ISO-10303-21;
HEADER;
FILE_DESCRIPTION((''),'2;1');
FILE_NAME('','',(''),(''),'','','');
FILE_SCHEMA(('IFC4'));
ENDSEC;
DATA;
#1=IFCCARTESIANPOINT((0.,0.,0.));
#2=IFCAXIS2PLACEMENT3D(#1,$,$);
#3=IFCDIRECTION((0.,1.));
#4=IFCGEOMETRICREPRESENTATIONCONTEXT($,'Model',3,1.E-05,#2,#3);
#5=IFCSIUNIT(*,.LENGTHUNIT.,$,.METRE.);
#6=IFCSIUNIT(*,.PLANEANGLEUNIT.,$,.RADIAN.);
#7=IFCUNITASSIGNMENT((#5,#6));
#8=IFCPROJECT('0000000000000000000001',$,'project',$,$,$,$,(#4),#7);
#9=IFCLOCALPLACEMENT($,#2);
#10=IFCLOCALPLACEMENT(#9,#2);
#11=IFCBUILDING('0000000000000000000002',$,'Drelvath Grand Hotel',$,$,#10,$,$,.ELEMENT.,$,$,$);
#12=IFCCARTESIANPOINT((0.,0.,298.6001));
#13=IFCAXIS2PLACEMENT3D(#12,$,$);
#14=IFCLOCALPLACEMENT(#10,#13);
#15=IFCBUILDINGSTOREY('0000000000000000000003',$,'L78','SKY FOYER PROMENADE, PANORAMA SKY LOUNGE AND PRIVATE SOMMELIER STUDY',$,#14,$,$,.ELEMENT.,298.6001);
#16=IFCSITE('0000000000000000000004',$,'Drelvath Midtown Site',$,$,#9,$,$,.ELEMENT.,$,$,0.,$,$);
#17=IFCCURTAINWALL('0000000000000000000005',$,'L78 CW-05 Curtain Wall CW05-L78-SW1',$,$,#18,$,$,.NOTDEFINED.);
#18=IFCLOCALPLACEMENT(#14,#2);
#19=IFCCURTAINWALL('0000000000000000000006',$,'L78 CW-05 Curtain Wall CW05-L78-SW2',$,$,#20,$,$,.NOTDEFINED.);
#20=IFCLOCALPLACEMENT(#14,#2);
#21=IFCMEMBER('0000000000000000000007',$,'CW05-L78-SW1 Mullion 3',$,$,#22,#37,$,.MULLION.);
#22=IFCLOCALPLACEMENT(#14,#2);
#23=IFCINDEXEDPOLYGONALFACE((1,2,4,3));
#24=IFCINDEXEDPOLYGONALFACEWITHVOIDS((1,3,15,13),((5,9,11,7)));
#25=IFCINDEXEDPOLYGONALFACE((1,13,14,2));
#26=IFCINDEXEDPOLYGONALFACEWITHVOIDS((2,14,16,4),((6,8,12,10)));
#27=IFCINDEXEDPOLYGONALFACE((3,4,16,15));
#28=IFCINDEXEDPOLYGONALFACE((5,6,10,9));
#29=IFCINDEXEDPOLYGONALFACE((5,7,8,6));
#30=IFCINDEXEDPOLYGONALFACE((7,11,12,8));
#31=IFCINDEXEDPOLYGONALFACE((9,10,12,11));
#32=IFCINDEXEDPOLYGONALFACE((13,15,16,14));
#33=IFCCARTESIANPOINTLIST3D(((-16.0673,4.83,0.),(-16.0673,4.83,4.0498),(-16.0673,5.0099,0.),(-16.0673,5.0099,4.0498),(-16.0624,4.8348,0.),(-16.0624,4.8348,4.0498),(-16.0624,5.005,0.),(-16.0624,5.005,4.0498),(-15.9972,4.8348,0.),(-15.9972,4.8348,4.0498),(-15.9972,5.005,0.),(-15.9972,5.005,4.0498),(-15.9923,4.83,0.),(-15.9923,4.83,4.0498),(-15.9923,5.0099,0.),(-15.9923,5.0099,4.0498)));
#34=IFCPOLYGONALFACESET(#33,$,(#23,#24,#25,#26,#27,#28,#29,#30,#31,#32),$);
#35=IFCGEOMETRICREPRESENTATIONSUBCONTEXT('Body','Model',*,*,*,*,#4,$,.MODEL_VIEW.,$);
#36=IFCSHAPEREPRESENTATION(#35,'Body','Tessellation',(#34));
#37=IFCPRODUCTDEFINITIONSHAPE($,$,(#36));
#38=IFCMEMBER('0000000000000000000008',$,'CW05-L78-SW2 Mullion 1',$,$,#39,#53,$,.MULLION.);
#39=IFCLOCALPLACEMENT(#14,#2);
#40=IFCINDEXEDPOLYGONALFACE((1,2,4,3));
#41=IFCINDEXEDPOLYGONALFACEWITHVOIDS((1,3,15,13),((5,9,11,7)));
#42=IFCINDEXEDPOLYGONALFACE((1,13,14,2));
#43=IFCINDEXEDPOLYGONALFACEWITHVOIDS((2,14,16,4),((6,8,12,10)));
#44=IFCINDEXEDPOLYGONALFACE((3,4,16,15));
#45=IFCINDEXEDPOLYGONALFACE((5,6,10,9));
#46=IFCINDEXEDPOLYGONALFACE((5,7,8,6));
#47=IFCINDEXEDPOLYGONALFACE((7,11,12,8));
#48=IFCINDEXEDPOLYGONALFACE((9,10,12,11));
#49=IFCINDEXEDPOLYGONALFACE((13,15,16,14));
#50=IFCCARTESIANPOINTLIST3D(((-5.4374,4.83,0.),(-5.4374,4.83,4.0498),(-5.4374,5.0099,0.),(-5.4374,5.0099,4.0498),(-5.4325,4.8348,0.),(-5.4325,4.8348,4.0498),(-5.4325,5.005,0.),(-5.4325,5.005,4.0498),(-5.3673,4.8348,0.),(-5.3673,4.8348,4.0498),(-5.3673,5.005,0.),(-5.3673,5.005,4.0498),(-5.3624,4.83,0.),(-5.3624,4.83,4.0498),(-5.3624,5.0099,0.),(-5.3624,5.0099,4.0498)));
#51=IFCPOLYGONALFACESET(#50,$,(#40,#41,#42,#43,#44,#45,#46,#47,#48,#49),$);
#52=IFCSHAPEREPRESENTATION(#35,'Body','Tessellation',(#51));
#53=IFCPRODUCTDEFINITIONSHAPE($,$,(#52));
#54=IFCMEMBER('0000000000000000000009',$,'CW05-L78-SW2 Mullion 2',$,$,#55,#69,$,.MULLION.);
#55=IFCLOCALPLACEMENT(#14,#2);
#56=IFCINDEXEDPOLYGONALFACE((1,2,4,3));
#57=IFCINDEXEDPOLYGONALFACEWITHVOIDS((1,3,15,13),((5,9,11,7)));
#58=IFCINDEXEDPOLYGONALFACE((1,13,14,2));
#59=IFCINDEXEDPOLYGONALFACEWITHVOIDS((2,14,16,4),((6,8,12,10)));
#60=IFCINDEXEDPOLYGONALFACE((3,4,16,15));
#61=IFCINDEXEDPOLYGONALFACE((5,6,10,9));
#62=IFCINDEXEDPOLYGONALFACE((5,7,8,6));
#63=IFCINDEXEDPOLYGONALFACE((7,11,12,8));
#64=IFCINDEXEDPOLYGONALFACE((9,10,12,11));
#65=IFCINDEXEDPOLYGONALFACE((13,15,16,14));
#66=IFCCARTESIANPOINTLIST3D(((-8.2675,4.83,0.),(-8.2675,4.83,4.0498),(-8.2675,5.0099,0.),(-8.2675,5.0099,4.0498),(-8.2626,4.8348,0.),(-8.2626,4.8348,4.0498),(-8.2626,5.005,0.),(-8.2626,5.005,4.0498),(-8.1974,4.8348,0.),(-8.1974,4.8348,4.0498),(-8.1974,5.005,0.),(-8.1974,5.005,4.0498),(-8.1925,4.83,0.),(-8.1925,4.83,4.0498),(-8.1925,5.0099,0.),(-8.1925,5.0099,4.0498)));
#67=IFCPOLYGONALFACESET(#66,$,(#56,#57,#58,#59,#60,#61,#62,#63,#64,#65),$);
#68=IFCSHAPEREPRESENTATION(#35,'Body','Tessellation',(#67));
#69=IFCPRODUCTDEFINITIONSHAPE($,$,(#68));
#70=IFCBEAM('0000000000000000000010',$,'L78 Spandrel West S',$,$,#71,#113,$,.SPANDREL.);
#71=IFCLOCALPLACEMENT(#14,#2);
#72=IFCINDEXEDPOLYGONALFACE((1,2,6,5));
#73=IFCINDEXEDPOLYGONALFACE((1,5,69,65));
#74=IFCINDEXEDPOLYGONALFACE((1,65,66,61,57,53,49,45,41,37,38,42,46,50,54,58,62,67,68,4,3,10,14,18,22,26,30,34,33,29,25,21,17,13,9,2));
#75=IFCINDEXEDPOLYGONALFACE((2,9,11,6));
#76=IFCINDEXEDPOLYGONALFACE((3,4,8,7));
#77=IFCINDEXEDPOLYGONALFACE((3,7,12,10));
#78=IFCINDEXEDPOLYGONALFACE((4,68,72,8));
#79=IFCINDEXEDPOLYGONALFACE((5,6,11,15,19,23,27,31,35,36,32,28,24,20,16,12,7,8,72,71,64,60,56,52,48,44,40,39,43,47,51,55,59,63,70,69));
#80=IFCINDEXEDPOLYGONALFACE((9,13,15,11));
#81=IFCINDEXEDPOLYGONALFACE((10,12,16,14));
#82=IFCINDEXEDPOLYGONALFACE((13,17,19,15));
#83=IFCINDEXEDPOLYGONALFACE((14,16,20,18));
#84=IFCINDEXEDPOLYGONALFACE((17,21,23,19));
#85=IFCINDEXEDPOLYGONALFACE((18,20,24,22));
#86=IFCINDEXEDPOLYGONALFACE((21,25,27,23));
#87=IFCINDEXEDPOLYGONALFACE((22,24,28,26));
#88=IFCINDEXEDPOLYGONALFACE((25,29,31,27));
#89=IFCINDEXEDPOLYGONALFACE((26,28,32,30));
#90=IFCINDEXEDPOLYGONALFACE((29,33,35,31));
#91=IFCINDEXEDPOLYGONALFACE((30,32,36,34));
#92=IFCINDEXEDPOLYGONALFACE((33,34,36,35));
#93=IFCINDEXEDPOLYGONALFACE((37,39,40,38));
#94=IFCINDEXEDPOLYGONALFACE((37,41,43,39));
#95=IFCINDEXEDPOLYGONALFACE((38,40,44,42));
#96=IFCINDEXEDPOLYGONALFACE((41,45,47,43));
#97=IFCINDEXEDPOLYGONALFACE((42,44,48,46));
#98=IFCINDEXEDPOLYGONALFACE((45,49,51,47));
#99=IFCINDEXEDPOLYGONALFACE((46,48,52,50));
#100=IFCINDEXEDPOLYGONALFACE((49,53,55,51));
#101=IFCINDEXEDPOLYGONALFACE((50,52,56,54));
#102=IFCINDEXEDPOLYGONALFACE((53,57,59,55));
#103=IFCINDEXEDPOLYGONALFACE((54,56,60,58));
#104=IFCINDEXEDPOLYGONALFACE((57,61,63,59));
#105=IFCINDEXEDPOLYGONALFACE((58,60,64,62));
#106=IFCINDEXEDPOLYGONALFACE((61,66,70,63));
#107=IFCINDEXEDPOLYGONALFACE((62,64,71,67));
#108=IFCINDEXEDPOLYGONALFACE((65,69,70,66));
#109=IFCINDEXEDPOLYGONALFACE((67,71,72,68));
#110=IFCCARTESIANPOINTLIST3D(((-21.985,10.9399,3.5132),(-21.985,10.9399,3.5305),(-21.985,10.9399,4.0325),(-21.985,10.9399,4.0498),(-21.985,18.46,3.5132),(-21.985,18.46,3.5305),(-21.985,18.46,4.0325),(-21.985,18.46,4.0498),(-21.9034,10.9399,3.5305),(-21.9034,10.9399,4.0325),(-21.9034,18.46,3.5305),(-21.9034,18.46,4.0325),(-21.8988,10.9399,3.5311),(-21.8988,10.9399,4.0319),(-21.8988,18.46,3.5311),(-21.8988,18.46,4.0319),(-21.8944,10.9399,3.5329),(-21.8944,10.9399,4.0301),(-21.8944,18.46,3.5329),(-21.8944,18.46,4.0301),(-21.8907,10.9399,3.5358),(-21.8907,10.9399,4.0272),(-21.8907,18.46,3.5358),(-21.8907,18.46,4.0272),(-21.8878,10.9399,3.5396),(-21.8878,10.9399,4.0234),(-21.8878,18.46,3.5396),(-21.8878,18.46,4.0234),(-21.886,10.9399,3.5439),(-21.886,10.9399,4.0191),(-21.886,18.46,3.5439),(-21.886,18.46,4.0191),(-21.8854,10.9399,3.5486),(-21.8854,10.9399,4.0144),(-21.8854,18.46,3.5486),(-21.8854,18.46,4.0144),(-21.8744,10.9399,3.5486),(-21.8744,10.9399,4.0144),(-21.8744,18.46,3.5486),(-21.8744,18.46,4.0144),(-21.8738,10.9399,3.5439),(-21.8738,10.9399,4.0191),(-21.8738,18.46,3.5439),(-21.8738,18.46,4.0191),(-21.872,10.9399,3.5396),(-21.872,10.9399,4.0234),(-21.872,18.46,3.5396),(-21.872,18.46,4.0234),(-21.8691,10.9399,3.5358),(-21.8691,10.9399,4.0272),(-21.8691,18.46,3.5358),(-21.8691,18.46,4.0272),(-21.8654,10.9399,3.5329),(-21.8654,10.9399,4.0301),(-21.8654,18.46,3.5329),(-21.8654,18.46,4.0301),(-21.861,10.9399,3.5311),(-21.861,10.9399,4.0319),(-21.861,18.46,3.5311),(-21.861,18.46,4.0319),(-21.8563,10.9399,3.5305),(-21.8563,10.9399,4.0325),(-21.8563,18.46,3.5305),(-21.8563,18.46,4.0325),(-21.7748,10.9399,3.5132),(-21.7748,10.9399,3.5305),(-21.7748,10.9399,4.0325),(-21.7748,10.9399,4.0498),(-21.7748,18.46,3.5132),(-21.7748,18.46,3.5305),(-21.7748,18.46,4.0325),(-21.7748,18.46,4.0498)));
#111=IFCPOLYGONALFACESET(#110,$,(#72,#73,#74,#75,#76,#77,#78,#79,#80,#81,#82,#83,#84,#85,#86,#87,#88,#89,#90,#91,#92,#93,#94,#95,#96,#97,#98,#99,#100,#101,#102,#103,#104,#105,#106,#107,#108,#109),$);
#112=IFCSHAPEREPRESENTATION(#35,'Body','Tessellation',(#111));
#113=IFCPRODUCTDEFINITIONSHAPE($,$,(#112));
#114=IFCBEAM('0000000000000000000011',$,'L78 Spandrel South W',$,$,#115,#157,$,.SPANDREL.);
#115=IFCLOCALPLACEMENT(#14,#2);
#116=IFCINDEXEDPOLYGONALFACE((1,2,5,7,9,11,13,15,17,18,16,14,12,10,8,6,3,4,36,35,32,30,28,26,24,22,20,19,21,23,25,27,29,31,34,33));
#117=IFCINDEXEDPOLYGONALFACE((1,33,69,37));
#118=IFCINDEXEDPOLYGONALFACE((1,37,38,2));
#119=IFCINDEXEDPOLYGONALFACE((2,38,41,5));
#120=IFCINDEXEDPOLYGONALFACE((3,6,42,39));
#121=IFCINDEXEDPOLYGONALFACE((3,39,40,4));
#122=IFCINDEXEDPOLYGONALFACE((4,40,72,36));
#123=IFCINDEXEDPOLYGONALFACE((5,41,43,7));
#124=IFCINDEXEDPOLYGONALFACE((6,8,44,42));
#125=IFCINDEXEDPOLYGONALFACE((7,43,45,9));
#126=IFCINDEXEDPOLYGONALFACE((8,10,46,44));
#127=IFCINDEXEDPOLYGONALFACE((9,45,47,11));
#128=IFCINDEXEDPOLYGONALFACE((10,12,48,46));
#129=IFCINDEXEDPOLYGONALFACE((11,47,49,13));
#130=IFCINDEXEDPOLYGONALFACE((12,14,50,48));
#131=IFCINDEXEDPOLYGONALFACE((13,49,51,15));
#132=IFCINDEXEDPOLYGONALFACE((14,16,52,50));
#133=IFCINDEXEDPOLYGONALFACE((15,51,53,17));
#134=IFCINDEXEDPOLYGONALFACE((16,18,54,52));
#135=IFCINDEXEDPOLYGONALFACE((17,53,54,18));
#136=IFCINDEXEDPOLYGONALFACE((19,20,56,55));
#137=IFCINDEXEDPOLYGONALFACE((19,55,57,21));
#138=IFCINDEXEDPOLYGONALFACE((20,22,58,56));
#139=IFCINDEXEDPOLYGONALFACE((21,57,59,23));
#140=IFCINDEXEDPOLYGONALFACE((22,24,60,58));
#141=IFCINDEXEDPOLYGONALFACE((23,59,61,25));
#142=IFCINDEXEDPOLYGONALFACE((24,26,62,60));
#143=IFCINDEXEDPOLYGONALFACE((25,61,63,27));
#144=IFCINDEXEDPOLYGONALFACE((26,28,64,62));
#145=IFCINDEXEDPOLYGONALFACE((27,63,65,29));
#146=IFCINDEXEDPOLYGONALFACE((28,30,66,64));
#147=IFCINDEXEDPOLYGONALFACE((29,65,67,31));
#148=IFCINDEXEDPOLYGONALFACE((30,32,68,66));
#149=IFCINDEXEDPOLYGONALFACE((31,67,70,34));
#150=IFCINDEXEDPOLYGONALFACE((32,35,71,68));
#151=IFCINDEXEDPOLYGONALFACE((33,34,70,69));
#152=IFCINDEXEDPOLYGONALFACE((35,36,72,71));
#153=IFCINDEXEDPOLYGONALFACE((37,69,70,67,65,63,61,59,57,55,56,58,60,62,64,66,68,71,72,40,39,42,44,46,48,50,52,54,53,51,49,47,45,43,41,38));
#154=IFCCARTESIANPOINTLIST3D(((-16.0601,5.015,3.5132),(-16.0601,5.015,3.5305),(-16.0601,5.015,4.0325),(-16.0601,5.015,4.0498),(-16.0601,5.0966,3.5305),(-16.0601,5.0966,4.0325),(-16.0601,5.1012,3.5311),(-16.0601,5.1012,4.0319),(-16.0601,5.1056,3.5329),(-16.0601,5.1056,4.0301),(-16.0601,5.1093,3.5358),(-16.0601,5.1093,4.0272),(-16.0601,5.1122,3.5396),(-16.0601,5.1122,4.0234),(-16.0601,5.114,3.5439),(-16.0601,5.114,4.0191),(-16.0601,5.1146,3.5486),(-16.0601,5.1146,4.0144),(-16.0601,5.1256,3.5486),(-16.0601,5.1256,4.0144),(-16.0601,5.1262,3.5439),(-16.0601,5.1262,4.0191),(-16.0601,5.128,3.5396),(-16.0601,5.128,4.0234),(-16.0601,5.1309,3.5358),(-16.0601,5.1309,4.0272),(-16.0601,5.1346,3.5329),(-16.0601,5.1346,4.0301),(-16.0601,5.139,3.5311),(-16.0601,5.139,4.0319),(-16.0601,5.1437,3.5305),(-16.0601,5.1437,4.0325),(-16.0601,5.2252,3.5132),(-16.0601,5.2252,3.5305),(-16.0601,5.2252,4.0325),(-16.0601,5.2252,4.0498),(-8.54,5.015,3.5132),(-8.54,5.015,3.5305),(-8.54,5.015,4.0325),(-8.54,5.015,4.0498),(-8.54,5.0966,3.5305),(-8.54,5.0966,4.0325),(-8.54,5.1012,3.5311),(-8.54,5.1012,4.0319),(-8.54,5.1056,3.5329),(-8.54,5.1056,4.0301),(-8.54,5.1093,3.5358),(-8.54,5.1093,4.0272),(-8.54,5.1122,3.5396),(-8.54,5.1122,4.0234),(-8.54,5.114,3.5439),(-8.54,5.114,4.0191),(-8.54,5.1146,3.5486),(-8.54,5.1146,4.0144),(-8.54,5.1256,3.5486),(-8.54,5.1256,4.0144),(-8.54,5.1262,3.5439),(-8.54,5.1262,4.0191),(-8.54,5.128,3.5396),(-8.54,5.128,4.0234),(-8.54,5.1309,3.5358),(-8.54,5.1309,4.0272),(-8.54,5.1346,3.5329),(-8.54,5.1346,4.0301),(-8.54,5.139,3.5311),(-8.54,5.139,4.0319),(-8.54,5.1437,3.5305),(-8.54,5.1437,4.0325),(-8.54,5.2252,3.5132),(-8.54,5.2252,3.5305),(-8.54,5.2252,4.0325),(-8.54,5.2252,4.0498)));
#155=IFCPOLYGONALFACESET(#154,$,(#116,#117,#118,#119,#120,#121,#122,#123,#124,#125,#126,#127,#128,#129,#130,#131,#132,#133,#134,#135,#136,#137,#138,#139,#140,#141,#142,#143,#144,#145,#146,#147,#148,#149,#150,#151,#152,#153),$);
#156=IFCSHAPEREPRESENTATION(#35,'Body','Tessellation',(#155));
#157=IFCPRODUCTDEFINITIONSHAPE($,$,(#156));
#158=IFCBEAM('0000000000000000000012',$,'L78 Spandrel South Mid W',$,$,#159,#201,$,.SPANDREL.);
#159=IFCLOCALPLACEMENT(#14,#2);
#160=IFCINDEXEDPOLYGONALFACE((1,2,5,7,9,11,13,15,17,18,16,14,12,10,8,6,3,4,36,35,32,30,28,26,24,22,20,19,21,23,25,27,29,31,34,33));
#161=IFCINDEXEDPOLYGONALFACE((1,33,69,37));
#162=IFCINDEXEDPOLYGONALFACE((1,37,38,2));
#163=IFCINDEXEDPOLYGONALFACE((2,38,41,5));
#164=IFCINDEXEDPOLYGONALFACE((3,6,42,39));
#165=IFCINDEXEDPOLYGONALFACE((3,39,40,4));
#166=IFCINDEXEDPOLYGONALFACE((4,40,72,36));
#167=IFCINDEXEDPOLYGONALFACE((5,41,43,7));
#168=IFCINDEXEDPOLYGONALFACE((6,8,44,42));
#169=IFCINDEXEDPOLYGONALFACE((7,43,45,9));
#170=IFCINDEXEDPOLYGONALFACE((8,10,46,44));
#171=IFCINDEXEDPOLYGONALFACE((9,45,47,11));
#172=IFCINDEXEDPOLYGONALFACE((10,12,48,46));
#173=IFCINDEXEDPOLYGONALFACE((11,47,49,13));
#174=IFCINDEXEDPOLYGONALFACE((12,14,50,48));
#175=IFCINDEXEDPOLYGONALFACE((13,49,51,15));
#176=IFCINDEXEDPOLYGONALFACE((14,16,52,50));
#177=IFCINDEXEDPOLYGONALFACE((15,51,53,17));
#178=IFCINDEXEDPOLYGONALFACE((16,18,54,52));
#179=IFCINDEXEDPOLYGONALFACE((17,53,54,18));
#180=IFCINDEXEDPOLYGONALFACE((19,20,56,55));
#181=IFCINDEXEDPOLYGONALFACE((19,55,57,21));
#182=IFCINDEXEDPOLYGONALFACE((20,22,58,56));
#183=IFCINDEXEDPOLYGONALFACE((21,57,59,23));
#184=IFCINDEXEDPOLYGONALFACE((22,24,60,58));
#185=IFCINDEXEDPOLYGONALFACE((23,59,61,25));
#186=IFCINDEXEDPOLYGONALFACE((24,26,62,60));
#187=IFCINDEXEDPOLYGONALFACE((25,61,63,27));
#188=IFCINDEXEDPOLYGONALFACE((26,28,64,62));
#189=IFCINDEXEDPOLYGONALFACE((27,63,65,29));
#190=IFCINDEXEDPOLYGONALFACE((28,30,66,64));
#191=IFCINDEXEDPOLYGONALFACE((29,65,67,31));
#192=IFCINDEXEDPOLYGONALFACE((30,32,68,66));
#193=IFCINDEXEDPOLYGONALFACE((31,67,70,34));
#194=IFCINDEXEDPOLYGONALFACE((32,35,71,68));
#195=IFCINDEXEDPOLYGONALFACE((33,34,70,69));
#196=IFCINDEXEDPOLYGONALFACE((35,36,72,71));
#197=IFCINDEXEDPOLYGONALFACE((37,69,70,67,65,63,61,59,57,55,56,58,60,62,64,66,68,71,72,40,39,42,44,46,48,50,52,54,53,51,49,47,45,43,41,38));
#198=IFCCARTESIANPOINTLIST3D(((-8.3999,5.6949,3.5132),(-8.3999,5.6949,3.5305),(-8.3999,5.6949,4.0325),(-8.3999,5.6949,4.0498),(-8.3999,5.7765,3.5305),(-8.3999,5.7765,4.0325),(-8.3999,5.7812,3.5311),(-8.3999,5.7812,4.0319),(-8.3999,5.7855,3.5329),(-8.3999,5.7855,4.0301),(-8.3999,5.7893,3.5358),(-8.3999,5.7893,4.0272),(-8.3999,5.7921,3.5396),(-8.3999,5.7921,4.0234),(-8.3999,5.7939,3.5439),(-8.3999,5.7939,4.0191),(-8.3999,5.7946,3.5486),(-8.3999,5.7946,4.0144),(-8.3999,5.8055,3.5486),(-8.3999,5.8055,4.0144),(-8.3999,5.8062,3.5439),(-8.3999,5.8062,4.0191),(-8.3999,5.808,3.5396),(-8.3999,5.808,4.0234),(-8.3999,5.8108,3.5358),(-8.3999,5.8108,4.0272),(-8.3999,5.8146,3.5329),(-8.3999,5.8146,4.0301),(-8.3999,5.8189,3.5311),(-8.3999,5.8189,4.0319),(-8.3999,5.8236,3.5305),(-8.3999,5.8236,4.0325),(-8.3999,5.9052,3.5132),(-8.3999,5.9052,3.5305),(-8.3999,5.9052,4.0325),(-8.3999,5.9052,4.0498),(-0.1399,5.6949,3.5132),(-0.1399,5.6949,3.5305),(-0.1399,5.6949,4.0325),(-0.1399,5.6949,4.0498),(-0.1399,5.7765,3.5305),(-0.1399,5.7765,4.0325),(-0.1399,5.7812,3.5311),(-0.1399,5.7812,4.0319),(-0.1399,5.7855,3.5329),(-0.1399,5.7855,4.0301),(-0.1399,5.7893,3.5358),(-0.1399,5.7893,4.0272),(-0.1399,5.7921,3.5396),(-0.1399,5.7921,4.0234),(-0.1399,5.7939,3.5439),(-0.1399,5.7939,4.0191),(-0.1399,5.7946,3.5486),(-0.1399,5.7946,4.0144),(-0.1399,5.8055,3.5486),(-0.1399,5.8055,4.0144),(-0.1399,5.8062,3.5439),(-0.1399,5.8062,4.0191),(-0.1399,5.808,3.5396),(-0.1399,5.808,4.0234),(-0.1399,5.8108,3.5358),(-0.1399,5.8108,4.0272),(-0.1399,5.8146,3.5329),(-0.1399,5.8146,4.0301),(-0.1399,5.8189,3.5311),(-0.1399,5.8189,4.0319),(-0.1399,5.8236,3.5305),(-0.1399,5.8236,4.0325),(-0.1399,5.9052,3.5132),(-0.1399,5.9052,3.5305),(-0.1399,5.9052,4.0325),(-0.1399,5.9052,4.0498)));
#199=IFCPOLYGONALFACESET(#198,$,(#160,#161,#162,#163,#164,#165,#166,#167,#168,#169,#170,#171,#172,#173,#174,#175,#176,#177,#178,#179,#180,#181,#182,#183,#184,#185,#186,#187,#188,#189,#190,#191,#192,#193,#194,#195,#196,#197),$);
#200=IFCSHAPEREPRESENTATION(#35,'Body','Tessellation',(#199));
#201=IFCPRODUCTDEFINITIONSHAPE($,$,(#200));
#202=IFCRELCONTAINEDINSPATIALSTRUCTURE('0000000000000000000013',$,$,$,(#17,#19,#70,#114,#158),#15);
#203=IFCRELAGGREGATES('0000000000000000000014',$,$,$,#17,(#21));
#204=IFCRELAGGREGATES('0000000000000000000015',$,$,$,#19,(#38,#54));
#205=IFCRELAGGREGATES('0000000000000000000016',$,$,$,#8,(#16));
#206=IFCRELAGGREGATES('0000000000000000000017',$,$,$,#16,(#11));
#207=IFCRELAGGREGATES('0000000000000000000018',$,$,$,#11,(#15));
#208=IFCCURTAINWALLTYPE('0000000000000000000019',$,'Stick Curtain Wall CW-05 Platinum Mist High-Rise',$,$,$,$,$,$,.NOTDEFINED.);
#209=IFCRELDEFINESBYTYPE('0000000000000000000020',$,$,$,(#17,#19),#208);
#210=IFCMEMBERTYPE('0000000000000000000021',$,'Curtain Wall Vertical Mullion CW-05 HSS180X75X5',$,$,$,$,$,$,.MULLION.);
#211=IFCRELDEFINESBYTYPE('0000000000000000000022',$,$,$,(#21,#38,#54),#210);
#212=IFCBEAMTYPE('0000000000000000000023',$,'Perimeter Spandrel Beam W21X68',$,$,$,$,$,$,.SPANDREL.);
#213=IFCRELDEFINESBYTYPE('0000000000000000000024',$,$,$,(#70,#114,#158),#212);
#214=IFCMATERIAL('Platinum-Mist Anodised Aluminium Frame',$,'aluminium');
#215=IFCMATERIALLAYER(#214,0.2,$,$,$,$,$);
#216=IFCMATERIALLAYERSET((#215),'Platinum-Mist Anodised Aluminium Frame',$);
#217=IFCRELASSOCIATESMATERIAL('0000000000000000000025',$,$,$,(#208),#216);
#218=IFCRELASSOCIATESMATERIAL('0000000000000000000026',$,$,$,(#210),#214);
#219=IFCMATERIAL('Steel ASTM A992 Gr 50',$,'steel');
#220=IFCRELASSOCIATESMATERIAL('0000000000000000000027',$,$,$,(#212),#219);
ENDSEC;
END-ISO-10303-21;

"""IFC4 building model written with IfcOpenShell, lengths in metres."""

from ifc_helpers import new_model, si_unit, direction, frame, origin, origin_2d, place, context, subcontext, project, spatial, hollow_rectangle, i_section, extrude, material, layer, layer_set, material_profile, profile_set, type_object, element, aggregate, save


model = new_model("IFC4")

# Units and contexts
model_context = context("Model", 3, precision=1e-05, world=origin(), true_north=direction((0.0, 1.0)))
body_context = subcontext(model_context, "Body", "Model", "MODEL_VIEW")
ifc_project = project(units=[si_unit("LENGTHUNIT", "METRE"), si_unit("PLANEANGLEUNIT", "RADIAN")], contexts=[model_context])

# Site, building, storey
site_placement = place(None, origin())
site = spatial("IfcSite", under=ifc_project, at=site_placement, Name="Drelvath Midtown Site", CompositionType="ELEMENT", RefElevation=0.0)
building_placement = place(site_placement, origin())
building = spatial("IfcBuilding", under=site, at=building_placement, Name="Drelvath Grand Hotel", CompositionType="ELEMENT")
storey_placement = place(building_placement, frame((0.0, 0.0, 298.6001)))
storey = spatial("IfcBuildingStorey", under=building, at=storey_placement, Name="L78", Description="SKY FOYER PROMENADE, PANORAMA SKY LOUNGE AND PRIVATE SOMMELIER STUDY", CompositionType="ELEMENT", Elevation=298.6001)

# Shared definitions
ifc_material_1 = material(Name="Steel ASTM A992 Gr 50", Category="steel")

# Curtain walls
ifc_material_2 = material(Name="Platinum-Mist Anodised Aluminium Frame", Category="aluminium")
ifc_layer_1 = layer(ifc_material_2, 0.2)
ifc_layer_set_1 = layer_set([ifc_layer_1], Name="Platinum-Mist Anodised Aluminium Frame")
curtain_wall_type = type_object("IfcCurtainWallType", Name="Stick Curtain Wall CW-05 Platinum Mist High-Rise", PredefinedType="NOTDEFINED", material=ifc_layer_set_1)
curtain_wall_1_placement = place(storey_placement, origin())
curtain_wall_1 = element("IfcCurtainWall", 1, at=curtain_wall_1_placement, inside=storey, type_object=curtain_wall_type, Name="L78 CW-05 Curtain Wall CW05-L78-SW1", PredefinedType="NOTDEFINED")
curtain_wall_2_placement = place(storey_placement, origin())
curtain_wall_2 = element("IfcCurtainWall", 2, at=curtain_wall_2_placement, inside=storey, type_object=curtain_wall_type, Name="L78 CW-05 Curtain Wall CW05-L78-SW2", PredefinedType="NOTDEFINED")

# Members
ifc_material_profile_1 = material_profile(ifc_material_2, hollow_rectangle(XDim=0.075, YDim=0.1799, WallThickness=0.0049, at=origin_2d()), Name="HSS180X75X5")
ifc_profile_set_1 = profile_set([ifc_material_profile_1], Name="Platinum-Mist Anodised Aluminium Frame")
member_type_1 = type_object("IfcMemberType", Name="Curtain Wall Vertical Mullion CW-05 HSS180X75X5", PredefinedType="MULLION", material=ifc_profile_set_1)
member_1_placement = place(storey_placement, frame((-16.0298, 4.9199, 0.0), z_axis=(0.0, 0.0, 1.0), x_axis=(1.0, 0.0, 0.0)))
member_1 = element("IfcMember", 3, at=member_1_placement, type_object=member_type_1, Name="CW05-L78-SW1 Mullion 3", PredefinedType="MULLION", context=body_context, shape_type="SweptSolid", body=[
    extrude(hollow_rectangle(XDim=0.075, YDim=0.1799, WallThickness=0.0049, at=origin_2d()), origin(), (0.0, 0.0, 1.0), 4.0498),
])
member_2_placement = place(storey_placement, frame((-5.3999, 4.9199, 0.0), z_axis=(0.0, 0.0, 1.0), x_axis=(1.0, 0.0, 0.0)))
member_2 = element("IfcMember", 4, at=member_2_placement, type_object=member_type_1, Name="CW05-L78-SW2 Mullion 1", PredefinedType="MULLION", context=body_context, shape_type="SweptSolid", body=[
    extrude(hollow_rectangle(XDim=0.075, YDim=0.1799, WallThickness=0.0049, at=origin_2d()), origin(), (0.0, 0.0, 1.0), 4.0498),
])
member_3_placement = place(storey_placement, frame((-8.23, 4.9199, 0.0), z_axis=(0.0, 0.0, 1.0), x_axis=(1.0, 0.0, 0.0)))
member_3 = element("IfcMember", 5, at=member_3_placement, type_object=member_type_1, Name="CW05-L78-SW2 Mullion 2", PredefinedType="MULLION", context=body_context, shape_type="SweptSolid", body=[
    extrude(hollow_rectangle(XDim=0.075, YDim=0.1799, WallThickness=0.0049, at=origin_2d()), origin(), (0.0, 0.0, 1.0), 4.0498),
])

# Beams
ifc_material_profile_2 = material_profile(ifc_material_1, i_section(OverallWidth=0.2102, OverallDepth=0.5366, WebThickness=0.011, FlangeThickness=0.0173, FilletRadius=0.0181, at=origin_2d()), Name="W21X68")
ifc_profile_set_2 = profile_set([ifc_material_profile_2], Name="Steel ASTM A992 Gr 50")
beam_type_1 = type_object("IfcBeamType", Name="Perimeter Spandrel Beam W21X68", PredefinedType="SPANDREL", material=ifc_profile_set_2)
for number, where, z_axis, x_axis, name in (
    (6, (-21.8799, 10.9399, 3.7815), (0.0, 1.0, 0.0), (-1.0, 0.0, 0.0), "L78 Spandrel West S"),
    (7, (-16.0601, 5.1201, 3.7815), (1.0, 0.0, 0.0), (0.0, 1.0, 0.0), "L78 Spandrel South W"),
):
    element("IfcBeam", number, at=place(storey_placement, frame(where, z_axis=z_axis, x_axis=x_axis)), inside=storey, type_object=beam_type_1, Name=name, PredefinedType="SPANDREL", context=body_context, shape_type="SweptSolid", body=[
        extrude(i_section(OverallWidth=0.2102, OverallDepth=0.5366, WebThickness=0.011, FlangeThickness=0.0173, FilletRadius=0.0181, at=origin_2d()), origin(), (0.0, 0.0, 1.0), 7.52),
    ])
beam_1_placement = place(storey_placement, frame((-8.3999, 5.8, 3.7815), z_axis=(1.0, 0.0, 0.0), x_axis=(0.0, 1.0, 0.0)))
element("IfcBeam", 8, at=beam_1_placement, inside=storey, type_object=beam_type_1, Name="L78 Spandrel South Mid W", PredefinedType="SPANDREL", context=body_context, shape_type="SweptSolid", body=[
    extrude(i_section(OverallWidth=0.2102, OverallDepth=0.5366, WebThickness=0.011, FlangeThickness=0.0173, FilletRadius=0.0181, at=origin_2d()), origin(), (0.0, 0.0, 1.0), 8.26),
])

aggregate(curtain_wall_1, [member_1])
aggregate(curtain_wall_2, [member_2, member_3])

save(model, "model.ifc")
